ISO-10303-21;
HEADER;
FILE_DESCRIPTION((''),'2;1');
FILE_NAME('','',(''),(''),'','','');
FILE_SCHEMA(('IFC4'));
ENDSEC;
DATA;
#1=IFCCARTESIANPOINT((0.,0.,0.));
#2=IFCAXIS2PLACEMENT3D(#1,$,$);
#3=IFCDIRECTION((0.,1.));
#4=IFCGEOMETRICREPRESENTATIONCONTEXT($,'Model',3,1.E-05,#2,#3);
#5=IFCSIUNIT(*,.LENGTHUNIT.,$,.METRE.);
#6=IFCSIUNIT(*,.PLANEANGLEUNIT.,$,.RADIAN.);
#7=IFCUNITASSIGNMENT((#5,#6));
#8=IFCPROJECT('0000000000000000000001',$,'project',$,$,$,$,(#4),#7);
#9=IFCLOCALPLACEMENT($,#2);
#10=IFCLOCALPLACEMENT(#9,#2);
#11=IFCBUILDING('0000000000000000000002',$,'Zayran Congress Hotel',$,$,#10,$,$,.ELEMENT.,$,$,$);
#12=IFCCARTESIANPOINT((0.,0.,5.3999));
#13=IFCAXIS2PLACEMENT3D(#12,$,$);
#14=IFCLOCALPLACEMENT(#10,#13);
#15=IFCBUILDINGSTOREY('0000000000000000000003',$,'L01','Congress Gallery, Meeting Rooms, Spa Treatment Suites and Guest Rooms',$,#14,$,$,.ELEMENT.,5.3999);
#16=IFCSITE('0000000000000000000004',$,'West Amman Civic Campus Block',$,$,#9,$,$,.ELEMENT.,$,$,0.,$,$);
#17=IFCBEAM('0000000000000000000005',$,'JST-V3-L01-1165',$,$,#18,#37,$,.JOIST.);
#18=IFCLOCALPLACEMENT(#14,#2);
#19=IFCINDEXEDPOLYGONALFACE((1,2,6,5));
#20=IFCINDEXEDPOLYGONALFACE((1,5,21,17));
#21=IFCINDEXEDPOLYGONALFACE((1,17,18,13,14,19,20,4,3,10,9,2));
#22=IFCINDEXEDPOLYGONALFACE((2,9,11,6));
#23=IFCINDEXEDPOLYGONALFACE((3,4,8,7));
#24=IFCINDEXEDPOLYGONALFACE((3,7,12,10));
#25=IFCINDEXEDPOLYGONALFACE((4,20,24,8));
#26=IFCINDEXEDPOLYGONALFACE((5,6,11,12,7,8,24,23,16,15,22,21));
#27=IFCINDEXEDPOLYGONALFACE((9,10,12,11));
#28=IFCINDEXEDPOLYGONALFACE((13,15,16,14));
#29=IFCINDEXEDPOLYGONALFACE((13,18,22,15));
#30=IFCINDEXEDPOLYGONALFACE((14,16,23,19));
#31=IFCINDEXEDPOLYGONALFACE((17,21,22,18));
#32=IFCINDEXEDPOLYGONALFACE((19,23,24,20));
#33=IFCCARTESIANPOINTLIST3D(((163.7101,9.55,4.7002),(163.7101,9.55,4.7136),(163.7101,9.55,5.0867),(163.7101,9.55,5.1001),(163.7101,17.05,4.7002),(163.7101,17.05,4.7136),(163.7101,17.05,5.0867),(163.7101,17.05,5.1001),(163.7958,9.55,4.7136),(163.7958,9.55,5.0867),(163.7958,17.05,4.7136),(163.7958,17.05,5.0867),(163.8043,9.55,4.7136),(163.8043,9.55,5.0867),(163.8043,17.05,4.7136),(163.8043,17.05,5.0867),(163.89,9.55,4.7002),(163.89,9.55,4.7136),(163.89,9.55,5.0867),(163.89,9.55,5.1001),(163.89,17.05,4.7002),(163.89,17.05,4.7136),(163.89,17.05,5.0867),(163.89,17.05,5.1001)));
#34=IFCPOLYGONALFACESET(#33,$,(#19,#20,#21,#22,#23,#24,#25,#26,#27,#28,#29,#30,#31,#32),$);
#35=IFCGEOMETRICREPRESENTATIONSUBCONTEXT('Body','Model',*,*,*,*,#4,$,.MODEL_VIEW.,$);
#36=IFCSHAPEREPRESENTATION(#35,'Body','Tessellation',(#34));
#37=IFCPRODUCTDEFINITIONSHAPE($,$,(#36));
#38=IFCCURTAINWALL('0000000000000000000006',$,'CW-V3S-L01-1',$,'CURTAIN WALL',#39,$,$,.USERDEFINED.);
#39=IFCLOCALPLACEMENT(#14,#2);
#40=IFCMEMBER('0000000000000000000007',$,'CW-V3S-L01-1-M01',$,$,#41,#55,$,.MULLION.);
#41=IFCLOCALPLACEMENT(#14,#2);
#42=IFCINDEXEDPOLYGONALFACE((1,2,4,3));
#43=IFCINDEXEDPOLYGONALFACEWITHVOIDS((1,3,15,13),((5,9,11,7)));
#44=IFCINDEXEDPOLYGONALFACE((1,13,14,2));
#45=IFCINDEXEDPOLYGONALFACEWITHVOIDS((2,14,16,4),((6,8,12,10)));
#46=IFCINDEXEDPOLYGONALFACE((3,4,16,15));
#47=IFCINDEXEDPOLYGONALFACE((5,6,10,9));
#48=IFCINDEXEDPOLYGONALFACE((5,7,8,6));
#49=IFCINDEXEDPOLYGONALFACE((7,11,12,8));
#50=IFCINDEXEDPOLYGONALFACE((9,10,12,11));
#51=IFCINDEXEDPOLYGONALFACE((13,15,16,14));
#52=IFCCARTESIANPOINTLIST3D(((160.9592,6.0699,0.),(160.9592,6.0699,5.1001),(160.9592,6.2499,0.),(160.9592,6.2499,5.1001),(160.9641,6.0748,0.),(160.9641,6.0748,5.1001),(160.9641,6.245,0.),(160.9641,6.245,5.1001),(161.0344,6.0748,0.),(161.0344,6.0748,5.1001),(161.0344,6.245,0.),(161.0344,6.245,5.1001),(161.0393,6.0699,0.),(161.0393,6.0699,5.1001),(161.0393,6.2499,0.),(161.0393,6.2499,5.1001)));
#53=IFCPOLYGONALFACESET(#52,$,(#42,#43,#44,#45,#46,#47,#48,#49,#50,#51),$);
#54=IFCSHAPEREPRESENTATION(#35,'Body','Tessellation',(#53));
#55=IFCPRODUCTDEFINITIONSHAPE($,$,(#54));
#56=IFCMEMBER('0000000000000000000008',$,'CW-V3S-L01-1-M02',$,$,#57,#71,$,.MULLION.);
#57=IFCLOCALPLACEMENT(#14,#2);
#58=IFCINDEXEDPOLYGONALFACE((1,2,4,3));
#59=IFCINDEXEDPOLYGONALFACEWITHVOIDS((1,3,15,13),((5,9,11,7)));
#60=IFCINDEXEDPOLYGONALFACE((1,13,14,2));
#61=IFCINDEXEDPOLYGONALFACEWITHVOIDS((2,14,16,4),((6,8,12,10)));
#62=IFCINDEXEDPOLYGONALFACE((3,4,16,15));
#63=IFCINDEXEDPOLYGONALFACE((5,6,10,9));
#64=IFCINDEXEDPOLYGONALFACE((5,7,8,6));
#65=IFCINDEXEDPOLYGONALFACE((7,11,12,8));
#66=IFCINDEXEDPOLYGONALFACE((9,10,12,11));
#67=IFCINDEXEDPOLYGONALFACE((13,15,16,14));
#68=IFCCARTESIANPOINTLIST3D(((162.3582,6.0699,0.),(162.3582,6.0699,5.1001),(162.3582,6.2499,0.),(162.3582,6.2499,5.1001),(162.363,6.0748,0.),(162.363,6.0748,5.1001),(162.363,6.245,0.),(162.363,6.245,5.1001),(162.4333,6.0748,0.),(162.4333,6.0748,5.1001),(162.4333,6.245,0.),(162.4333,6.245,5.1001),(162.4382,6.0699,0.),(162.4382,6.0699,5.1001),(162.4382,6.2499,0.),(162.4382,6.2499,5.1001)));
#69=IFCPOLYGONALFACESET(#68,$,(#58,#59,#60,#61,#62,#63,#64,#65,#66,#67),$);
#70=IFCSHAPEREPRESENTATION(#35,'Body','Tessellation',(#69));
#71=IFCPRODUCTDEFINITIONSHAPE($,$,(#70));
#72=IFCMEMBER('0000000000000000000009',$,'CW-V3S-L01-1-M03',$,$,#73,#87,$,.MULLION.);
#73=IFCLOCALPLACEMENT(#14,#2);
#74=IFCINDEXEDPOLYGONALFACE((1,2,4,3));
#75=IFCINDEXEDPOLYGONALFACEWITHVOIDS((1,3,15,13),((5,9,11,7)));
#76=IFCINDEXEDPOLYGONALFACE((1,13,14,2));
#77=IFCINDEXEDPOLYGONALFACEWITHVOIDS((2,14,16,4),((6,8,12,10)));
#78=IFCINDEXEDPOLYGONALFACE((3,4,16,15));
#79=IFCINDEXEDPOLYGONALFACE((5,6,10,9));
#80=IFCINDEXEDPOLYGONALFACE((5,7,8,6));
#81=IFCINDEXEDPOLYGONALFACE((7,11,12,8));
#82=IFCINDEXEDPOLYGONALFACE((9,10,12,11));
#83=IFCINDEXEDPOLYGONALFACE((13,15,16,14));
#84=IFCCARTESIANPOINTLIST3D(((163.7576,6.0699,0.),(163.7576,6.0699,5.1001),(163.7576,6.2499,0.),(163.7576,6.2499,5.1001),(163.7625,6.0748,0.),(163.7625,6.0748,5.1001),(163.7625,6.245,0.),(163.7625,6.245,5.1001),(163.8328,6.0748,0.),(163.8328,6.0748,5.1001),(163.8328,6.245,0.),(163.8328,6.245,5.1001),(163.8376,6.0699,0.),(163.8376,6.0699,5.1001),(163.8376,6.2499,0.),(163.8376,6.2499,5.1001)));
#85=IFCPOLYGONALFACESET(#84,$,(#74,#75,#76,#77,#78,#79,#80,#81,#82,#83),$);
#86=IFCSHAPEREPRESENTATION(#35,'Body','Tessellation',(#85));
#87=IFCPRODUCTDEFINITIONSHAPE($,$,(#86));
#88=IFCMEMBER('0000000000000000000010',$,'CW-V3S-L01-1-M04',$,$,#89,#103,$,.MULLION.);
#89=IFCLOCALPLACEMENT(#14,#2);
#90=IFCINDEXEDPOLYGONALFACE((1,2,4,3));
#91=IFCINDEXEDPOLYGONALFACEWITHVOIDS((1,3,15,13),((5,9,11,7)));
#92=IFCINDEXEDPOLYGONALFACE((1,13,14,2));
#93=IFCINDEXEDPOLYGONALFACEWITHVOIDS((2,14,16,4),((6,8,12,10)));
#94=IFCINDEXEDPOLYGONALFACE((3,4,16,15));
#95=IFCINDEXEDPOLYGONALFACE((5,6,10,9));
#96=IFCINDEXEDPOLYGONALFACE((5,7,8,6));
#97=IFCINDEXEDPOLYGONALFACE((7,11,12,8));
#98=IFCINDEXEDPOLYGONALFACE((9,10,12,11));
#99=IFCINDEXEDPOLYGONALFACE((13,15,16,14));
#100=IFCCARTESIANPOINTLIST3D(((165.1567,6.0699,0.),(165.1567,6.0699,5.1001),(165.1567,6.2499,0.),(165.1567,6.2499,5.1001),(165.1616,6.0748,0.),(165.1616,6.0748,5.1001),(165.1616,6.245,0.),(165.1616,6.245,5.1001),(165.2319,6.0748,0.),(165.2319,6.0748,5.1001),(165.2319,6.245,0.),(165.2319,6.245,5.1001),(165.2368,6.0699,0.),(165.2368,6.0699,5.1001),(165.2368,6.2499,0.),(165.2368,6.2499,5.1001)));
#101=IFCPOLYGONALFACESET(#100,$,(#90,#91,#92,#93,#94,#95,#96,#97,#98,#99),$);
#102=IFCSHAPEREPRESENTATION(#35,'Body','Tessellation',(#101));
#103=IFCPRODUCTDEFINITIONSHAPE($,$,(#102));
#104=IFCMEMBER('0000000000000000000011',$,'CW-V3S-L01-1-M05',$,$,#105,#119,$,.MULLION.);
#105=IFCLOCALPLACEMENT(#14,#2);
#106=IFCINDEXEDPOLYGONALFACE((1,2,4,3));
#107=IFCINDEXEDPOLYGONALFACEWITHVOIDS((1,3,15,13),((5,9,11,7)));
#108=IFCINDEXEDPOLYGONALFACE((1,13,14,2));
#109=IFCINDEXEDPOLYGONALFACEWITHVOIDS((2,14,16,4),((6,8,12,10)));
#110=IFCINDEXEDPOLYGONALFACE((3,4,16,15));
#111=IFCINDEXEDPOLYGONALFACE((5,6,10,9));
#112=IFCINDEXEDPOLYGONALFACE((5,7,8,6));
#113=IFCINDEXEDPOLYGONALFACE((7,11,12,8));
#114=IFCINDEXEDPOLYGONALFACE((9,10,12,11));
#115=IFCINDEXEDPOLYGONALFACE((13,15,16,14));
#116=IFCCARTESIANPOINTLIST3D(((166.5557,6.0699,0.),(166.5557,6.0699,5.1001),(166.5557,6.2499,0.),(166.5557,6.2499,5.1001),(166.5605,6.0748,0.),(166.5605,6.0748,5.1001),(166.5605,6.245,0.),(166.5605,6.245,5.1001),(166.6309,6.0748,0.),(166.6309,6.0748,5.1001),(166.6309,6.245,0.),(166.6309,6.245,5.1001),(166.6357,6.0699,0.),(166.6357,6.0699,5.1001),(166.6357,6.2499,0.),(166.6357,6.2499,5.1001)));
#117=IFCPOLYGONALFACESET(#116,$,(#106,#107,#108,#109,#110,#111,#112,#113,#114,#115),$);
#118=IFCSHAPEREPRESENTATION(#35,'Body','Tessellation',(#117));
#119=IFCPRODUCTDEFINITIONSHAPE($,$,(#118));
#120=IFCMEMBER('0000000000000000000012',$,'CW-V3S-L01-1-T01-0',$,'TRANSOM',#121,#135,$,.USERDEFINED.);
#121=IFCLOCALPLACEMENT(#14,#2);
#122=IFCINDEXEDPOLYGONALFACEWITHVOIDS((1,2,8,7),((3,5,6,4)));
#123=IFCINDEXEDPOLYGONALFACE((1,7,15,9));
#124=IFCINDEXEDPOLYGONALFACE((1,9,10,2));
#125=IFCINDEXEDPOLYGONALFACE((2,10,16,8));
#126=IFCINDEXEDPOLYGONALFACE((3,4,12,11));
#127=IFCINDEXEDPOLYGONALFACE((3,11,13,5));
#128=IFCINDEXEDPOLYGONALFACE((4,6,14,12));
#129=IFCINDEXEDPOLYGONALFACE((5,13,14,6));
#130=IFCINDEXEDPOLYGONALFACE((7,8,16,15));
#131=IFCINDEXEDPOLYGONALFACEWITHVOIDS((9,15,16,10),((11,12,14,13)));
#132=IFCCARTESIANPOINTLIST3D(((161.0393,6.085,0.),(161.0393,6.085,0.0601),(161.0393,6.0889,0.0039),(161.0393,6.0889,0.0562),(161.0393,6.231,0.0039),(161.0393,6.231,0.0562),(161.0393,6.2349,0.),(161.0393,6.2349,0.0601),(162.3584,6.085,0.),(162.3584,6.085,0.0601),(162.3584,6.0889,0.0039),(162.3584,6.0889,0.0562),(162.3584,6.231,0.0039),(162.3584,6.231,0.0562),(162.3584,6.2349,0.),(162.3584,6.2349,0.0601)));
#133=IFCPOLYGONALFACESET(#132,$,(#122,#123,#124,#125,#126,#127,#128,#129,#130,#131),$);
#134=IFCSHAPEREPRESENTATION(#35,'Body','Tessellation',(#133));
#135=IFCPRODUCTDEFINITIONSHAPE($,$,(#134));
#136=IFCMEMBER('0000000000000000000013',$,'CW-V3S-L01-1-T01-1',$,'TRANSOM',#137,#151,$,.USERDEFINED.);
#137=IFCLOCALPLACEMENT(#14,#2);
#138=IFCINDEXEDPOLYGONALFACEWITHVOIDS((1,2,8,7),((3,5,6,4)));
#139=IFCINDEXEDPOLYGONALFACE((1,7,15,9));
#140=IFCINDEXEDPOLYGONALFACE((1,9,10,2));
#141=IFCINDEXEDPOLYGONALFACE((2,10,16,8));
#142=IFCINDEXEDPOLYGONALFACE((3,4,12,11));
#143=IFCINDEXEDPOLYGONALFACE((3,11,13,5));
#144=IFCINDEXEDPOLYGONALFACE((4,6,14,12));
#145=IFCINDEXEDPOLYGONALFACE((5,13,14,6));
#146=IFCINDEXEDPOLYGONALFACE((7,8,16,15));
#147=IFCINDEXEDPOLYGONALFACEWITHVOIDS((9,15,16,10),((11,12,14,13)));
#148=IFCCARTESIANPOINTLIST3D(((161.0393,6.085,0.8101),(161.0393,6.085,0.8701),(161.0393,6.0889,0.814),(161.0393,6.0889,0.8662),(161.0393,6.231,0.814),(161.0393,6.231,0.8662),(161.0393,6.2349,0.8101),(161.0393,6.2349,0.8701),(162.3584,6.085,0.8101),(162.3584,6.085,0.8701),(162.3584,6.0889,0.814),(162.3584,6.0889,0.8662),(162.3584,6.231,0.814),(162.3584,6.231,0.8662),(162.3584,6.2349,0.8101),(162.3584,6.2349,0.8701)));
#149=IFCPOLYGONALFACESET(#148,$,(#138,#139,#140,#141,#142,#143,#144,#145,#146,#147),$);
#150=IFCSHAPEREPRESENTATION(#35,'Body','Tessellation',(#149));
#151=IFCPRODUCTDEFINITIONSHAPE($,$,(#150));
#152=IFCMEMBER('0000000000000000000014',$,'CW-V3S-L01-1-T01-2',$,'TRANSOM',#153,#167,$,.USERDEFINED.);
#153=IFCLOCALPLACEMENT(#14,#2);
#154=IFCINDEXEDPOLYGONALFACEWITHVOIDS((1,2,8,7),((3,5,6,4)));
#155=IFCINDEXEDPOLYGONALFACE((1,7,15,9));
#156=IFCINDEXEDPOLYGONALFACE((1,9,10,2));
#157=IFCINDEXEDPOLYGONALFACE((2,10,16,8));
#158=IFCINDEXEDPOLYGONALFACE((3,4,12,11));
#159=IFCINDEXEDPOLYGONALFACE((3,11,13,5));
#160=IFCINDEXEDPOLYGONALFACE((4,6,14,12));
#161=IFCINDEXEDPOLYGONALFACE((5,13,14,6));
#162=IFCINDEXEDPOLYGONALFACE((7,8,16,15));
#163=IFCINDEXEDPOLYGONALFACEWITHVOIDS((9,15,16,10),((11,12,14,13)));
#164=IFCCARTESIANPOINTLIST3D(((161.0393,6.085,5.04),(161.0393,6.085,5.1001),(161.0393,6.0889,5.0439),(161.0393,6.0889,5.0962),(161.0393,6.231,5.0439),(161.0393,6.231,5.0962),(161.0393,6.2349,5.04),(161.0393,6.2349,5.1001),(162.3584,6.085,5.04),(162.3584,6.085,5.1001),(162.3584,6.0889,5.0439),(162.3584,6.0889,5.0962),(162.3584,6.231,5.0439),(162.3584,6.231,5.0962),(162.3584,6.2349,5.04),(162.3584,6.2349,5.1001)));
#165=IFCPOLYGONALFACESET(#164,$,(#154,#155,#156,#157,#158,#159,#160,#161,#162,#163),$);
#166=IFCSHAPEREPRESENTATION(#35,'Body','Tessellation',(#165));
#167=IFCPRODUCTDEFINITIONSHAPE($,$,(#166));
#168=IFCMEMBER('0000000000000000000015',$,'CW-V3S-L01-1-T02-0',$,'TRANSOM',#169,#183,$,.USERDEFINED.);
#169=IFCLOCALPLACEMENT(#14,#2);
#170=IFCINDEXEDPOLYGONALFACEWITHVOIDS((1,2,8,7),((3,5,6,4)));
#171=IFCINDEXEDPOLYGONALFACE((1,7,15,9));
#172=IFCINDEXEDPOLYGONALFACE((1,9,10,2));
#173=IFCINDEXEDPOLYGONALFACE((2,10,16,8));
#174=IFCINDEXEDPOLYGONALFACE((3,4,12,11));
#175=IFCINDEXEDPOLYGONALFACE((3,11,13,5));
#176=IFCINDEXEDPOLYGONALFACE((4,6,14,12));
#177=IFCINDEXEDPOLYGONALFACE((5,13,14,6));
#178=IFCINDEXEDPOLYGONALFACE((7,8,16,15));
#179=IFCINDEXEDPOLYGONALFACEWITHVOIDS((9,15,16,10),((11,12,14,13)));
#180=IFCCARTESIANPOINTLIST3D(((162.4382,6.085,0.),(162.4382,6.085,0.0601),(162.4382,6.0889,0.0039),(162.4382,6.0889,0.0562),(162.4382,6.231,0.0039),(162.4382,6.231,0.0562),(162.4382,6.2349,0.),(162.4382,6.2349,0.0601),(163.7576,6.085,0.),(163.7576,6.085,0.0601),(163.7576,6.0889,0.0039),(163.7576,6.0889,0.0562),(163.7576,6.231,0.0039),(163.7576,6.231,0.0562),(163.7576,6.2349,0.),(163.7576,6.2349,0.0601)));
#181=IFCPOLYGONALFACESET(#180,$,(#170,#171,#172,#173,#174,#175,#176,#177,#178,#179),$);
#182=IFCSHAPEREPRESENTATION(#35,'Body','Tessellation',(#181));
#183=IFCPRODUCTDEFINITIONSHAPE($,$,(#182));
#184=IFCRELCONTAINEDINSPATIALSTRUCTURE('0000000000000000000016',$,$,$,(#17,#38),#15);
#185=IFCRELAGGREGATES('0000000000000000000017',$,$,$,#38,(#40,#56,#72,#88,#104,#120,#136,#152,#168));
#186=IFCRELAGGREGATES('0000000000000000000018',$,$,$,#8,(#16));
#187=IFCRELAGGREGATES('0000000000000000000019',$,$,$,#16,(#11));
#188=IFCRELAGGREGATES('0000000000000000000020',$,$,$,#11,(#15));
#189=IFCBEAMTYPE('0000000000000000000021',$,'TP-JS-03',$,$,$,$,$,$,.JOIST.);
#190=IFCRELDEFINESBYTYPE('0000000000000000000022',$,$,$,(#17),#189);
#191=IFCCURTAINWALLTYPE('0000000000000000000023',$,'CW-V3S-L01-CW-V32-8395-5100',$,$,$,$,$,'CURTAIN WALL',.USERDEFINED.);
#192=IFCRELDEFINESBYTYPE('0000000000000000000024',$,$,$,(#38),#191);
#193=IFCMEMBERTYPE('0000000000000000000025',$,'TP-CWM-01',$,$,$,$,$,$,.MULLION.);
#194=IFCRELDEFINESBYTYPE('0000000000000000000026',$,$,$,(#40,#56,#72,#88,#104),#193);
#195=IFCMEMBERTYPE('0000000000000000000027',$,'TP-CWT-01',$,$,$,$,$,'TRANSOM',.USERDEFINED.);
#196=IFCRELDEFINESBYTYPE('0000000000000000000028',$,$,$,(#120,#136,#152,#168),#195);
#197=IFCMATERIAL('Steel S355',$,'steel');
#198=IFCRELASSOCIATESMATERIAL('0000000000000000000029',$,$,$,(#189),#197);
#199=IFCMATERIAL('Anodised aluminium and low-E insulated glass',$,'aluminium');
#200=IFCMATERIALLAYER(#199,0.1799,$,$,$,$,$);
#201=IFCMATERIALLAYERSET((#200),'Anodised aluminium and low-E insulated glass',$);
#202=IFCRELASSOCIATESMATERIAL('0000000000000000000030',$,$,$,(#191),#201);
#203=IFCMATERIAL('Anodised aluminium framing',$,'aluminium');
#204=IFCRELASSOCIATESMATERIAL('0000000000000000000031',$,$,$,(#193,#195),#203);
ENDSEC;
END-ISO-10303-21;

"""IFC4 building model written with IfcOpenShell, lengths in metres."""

from ifc_helpers import new_model, si_unit, direction, frame, origin, origin_2d, place, context, subcontext, project, spatial, hollow_rectangle, i_section, extrude, material, layer, layer_set, material_profile, profile_set, type_object, element, aggregate, save


model = new_model("IFC4")

# Units and contexts
model_context = context("Model", 3, precision=1e-05, world=origin(), true_north=direction((0.0, 1.0)))
body_context = subcontext(model_context, "Body", "Model", "MODEL_VIEW")
ifc_project = project(units=[si_unit("LENGTHUNIT", "METRE"), si_unit("PLANEANGLEUNIT", "RADIAN")], contexts=[model_context])

# Site, building, storey
site_placement = place(None, origin())
site = spatial("IfcSite", under=ifc_project, at=site_placement, Name="West Amman Civic Campus Block", CompositionType="ELEMENT", RefElevation=0.0)
building_placement = place(site_placement, origin())
building = spatial("IfcBuilding", under=site, at=building_placement, Name="Zayran Congress Hotel", CompositionType="ELEMENT")
storey_placement = place(building_placement, frame((0.0, 0.0, 5.3999)))
storey = spatial("IfcBuildingStorey", under=building, at=storey_placement, Name="L01", Description="Congress Gallery, Meeting Rooms, Spa Treatment Suites and Guest Rooms", CompositionType="ELEMENT", Elevation=5.3999)

# Beam
ifc_material_1 = material(Name="Steel S355", Category="steel")
ifc_material_profile_1 = material_profile(ifc_material_1, i_section(OverallWidth=0.1799, OverallDepth=0.3999, WebThickness=0.0085, FlangeThickness=0.0134, at=origin_2d()), Name="IPE 400")
ifc_profile_set_1 = profile_set([ifc_material_profile_1], Name="Steel S355")
beam_type = type_object("IfcBeamType", Name="TP-JS-03", PredefinedType="JOIST", material=ifc_profile_set_1)
beam_placement = place(storey_placement, frame((163.8, 9.55, 4.9001), z_axis=(0.0, 1.0, 0.0), x_axis=(-1.0, 0.0, 0.0)))
element("IfcBeam", 1, at=beam_placement, inside=storey, type_object=beam_type, Name="JST-V3-L01-1165", PredefinedType="JOIST", context=body_context, shape_type="SweptSolid", body=[
    extrude(i_section(OverallWidth=0.1799, OverallDepth=0.3999, WebThickness=0.0085, FlangeThickness=0.0134, at=origin_2d()), origin(), (0.0, 0.0, 1.0), 7.5),
])

# Curtain wall, members
ifc_material_2 = material(Name="Anodised aluminium and low-E insulated glass", Category="aluminium")
ifc_layer_1 = layer(ifc_material_2, 0.1799)
ifc_layer_set_1 = layer_set([ifc_layer_1], Name="Anodised aluminium and low-E insulated glass")
curtain_wall_type = type_object("IfcCurtainWallType", Name="CW-V3S-L01-CW-V32-8395-5100", ElementType="CURTAIN WALL", PredefinedType="USERDEFINED", material=ifc_layer_set_1)
curtain_wall_placement = place(storey_placement, origin())
curtain_wall = element("IfcCurtainWall", 2, at=curtain_wall_placement, inside=storey, type_object=curtain_wall_type, Name="CW-V3S-L01-1", ObjectType="CURTAIN WALL", PredefinedType="USERDEFINED")
ifc_material_3 = material(Name="Anodised aluminium framing", Category="aluminium")
ifc_material_profile_2 = material_profile(ifc_material_3, hollow_rectangle(XDim=0.0801, YDim=0.1799, WallThickness=0.0049, at=origin_2d()), Name="RHS 180x80x5")
ifc_profile_set_2 = profile_set([ifc_material_profile_2], Name="Anodised aluminium framing")
member_type_1 = type_object("IfcMemberType", Name="TP-CWM-01", PredefinedType="MULLION", material=ifc_profile_set_2)
member_1_placement = place(storey_placement, frame((160.9993, 6.1599, 0.0), z_axis=(0.0, 0.0, 1.0), x_axis=(1.0, 0.0, 0.0)))
member_1 = element("IfcMember", 3, at=member_1_placement, type_object=member_type_1, Name="CW-V3S-L01-1-M01", PredefinedType="MULLION", context=body_context, shape_type="SweptSolid", body=[
    extrude(hollow_rectangle(XDim=0.0801, YDim=0.1799, WallThickness=0.0049, at=origin_2d()), origin(), (0.0, 0.0, 1.0), 5.1001),
])
member_2_placement = place(storey_placement, frame((162.3982, 6.1599, 0.0), z_axis=(0.0, 0.0, 1.0), x_axis=(1.0, 0.0, 0.0)))
member_2 = element("IfcMember", 4, at=member_2_placement, type_object=member_type_1, Name="CW-V3S-L01-1-M02", PredefinedType="MULLION", context=body_context, shape_type="SweptSolid", body=[
    extrude(hollow_rectangle(XDim=0.0801, YDim=0.1799, WallThickness=0.0049, at=origin_2d()), origin(), (0.0, 0.0, 1.0), 5.1001),
])
member_3_placement = place(storey_placement, frame((163.7976, 6.1599, 0.0), z_axis=(0.0, 0.0, 1.0), x_axis=(1.0, 0.0, 0.0)))
member_3 = element("IfcMember", 5, at=member_3_placement, type_object=member_type_1, Name="CW-V3S-L01-1-M03", PredefinedType="MULLION", context=body_context, shape_type="SweptSolid", body=[
    extrude(hollow_rectangle(XDim=0.0801, YDim=0.1799, WallThickness=0.0049, at=origin_2d()), origin(), (0.0, 0.0, 1.0), 5.1001),
])
member_4_placement = place(storey_placement, frame((165.1968, 6.1599, 0.0), z_axis=(0.0, 0.0, 1.0), x_axis=(1.0, 0.0, 0.0)))
member_4 = element("IfcMember", 6, at=member_4_placement, type_object=member_type_1, Name="CW-V3S-L01-1-M04", PredefinedType="MULLION", context=body_context, shape_type="SweptSolid", body=[
    extrude(hollow_rectangle(XDim=0.0801, YDim=0.1799, WallThickness=0.0049, at=origin_2d()), origin(), (0.0, 0.0, 1.0), 5.1001),
])
member_5_placement = place(storey_placement, frame((166.5957, 6.1599, 0.0), z_axis=(0.0, 0.0, 1.0), x_axis=(1.0, 0.0, 0.0)))
member_5 = element("IfcMember", 7, at=member_5_placement, type_object=member_type_1, Name="CW-V3S-L01-1-M05", PredefinedType="MULLION", context=body_context, shape_type="SweptSolid", body=[
    extrude(hollow_rectangle(XDim=0.0801, YDim=0.1799, WallThickness=0.0049, at=origin_2d()), origin(), (0.0, 0.0, 1.0), 5.1001),
])
ifc_material_profile_3 = material_profile(ifc_material_3, hollow_rectangle(XDim=0.0601, YDim=0.1499, WallThickness=0.0039, at=origin_2d()), Name="RHS 150x60x4")
ifc_profile_set_3 = profile_set([ifc_material_profile_3], Name="Anodised aluminium framing")
member_type_2 = type_object("IfcMemberType", Name="TP-CWT-01", ElementType="TRANSOM", PredefinedType="USERDEFINED", material=ifc_profile_set_3)
member_6_placement = place(storey_placement, frame((161.0393, 6.1599, 0.03), z_axis=(1.0, 0.0, 0.0), x_axis=(0.0, 0.0, 1.0)))
member_6 = element("IfcMember", 8, at=member_6_placement, type_object=member_type_2, Name="CW-V3S-L01-1-T01-0", ObjectType="TRANSOM", PredefinedType="USERDEFINED", context=body_context, shape_type="SweptSolid", body=[
    extrude(hollow_rectangle(XDim=0.0601, YDim=0.1499, WallThickness=0.0039, at=origin_2d()), origin(), (0.0, 0.0, 1.0), 1.3191),
])
member_7_placement = place(storey_placement, frame((161.0393, 6.1599, 0.8401), z_axis=(1.0, 0.0, 0.0), x_axis=(0.0, 0.0, 1.0)))
member_7 = element("IfcMember", 9, at=member_7_placement, type_object=member_type_2, Name="CW-V3S-L01-1-T01-1", ObjectType="TRANSOM", PredefinedType="USERDEFINED", context=body_context, shape_type="SweptSolid", body=[
    extrude(hollow_rectangle(XDim=0.0601, YDim=0.1499, WallThickness=0.0039, at=origin_2d()), origin(), (0.0, 0.0, 1.0), 1.3191),
])
member_8_placement = place(storey_placement, frame((161.0393, 6.1599, 5.0701), z_axis=(1.0, 0.0, 0.0), x_axis=(0.0, 0.0, 1.0)))
member_8 = element("IfcMember", 10, at=member_8_placement, type_object=member_type_2, Name="CW-V3S-L01-1-T01-2", ObjectType="TRANSOM", PredefinedType="USERDEFINED", context=body_context, shape_type="SweptSolid", body=[
    extrude(hollow_rectangle(XDim=0.0601, YDim=0.1499, WallThickness=0.0039, at=origin_2d()), origin(), (0.0, 0.0, 1.0), 1.3191),
])
member_9_placement = place(storey_placement, frame((162.4382, 6.1599, 0.03), z_axis=(1.0, 0.0, 0.0), x_axis=(0.0, 0.0, 1.0)))
member_9 = element("IfcMember", 11, at=member_9_placement, type_object=member_type_2, Name="CW-V3S-L01-1-T02-0", ObjectType="TRANSOM", PredefinedType="USERDEFINED", context=body_context, shape_type="SweptSolid", body=[
    extrude(hollow_rectangle(XDim=0.0601, YDim=0.1499, WallThickness=0.0039, at=origin_2d()), origin(), (0.0, 0.0, 1.0), 1.3193),
])
aggregate(curtain_wall, [member_1, member_2, member_3, member_4, member_5, member_6, member_7, member_8, member_9])

save(model, "model.ifc")
